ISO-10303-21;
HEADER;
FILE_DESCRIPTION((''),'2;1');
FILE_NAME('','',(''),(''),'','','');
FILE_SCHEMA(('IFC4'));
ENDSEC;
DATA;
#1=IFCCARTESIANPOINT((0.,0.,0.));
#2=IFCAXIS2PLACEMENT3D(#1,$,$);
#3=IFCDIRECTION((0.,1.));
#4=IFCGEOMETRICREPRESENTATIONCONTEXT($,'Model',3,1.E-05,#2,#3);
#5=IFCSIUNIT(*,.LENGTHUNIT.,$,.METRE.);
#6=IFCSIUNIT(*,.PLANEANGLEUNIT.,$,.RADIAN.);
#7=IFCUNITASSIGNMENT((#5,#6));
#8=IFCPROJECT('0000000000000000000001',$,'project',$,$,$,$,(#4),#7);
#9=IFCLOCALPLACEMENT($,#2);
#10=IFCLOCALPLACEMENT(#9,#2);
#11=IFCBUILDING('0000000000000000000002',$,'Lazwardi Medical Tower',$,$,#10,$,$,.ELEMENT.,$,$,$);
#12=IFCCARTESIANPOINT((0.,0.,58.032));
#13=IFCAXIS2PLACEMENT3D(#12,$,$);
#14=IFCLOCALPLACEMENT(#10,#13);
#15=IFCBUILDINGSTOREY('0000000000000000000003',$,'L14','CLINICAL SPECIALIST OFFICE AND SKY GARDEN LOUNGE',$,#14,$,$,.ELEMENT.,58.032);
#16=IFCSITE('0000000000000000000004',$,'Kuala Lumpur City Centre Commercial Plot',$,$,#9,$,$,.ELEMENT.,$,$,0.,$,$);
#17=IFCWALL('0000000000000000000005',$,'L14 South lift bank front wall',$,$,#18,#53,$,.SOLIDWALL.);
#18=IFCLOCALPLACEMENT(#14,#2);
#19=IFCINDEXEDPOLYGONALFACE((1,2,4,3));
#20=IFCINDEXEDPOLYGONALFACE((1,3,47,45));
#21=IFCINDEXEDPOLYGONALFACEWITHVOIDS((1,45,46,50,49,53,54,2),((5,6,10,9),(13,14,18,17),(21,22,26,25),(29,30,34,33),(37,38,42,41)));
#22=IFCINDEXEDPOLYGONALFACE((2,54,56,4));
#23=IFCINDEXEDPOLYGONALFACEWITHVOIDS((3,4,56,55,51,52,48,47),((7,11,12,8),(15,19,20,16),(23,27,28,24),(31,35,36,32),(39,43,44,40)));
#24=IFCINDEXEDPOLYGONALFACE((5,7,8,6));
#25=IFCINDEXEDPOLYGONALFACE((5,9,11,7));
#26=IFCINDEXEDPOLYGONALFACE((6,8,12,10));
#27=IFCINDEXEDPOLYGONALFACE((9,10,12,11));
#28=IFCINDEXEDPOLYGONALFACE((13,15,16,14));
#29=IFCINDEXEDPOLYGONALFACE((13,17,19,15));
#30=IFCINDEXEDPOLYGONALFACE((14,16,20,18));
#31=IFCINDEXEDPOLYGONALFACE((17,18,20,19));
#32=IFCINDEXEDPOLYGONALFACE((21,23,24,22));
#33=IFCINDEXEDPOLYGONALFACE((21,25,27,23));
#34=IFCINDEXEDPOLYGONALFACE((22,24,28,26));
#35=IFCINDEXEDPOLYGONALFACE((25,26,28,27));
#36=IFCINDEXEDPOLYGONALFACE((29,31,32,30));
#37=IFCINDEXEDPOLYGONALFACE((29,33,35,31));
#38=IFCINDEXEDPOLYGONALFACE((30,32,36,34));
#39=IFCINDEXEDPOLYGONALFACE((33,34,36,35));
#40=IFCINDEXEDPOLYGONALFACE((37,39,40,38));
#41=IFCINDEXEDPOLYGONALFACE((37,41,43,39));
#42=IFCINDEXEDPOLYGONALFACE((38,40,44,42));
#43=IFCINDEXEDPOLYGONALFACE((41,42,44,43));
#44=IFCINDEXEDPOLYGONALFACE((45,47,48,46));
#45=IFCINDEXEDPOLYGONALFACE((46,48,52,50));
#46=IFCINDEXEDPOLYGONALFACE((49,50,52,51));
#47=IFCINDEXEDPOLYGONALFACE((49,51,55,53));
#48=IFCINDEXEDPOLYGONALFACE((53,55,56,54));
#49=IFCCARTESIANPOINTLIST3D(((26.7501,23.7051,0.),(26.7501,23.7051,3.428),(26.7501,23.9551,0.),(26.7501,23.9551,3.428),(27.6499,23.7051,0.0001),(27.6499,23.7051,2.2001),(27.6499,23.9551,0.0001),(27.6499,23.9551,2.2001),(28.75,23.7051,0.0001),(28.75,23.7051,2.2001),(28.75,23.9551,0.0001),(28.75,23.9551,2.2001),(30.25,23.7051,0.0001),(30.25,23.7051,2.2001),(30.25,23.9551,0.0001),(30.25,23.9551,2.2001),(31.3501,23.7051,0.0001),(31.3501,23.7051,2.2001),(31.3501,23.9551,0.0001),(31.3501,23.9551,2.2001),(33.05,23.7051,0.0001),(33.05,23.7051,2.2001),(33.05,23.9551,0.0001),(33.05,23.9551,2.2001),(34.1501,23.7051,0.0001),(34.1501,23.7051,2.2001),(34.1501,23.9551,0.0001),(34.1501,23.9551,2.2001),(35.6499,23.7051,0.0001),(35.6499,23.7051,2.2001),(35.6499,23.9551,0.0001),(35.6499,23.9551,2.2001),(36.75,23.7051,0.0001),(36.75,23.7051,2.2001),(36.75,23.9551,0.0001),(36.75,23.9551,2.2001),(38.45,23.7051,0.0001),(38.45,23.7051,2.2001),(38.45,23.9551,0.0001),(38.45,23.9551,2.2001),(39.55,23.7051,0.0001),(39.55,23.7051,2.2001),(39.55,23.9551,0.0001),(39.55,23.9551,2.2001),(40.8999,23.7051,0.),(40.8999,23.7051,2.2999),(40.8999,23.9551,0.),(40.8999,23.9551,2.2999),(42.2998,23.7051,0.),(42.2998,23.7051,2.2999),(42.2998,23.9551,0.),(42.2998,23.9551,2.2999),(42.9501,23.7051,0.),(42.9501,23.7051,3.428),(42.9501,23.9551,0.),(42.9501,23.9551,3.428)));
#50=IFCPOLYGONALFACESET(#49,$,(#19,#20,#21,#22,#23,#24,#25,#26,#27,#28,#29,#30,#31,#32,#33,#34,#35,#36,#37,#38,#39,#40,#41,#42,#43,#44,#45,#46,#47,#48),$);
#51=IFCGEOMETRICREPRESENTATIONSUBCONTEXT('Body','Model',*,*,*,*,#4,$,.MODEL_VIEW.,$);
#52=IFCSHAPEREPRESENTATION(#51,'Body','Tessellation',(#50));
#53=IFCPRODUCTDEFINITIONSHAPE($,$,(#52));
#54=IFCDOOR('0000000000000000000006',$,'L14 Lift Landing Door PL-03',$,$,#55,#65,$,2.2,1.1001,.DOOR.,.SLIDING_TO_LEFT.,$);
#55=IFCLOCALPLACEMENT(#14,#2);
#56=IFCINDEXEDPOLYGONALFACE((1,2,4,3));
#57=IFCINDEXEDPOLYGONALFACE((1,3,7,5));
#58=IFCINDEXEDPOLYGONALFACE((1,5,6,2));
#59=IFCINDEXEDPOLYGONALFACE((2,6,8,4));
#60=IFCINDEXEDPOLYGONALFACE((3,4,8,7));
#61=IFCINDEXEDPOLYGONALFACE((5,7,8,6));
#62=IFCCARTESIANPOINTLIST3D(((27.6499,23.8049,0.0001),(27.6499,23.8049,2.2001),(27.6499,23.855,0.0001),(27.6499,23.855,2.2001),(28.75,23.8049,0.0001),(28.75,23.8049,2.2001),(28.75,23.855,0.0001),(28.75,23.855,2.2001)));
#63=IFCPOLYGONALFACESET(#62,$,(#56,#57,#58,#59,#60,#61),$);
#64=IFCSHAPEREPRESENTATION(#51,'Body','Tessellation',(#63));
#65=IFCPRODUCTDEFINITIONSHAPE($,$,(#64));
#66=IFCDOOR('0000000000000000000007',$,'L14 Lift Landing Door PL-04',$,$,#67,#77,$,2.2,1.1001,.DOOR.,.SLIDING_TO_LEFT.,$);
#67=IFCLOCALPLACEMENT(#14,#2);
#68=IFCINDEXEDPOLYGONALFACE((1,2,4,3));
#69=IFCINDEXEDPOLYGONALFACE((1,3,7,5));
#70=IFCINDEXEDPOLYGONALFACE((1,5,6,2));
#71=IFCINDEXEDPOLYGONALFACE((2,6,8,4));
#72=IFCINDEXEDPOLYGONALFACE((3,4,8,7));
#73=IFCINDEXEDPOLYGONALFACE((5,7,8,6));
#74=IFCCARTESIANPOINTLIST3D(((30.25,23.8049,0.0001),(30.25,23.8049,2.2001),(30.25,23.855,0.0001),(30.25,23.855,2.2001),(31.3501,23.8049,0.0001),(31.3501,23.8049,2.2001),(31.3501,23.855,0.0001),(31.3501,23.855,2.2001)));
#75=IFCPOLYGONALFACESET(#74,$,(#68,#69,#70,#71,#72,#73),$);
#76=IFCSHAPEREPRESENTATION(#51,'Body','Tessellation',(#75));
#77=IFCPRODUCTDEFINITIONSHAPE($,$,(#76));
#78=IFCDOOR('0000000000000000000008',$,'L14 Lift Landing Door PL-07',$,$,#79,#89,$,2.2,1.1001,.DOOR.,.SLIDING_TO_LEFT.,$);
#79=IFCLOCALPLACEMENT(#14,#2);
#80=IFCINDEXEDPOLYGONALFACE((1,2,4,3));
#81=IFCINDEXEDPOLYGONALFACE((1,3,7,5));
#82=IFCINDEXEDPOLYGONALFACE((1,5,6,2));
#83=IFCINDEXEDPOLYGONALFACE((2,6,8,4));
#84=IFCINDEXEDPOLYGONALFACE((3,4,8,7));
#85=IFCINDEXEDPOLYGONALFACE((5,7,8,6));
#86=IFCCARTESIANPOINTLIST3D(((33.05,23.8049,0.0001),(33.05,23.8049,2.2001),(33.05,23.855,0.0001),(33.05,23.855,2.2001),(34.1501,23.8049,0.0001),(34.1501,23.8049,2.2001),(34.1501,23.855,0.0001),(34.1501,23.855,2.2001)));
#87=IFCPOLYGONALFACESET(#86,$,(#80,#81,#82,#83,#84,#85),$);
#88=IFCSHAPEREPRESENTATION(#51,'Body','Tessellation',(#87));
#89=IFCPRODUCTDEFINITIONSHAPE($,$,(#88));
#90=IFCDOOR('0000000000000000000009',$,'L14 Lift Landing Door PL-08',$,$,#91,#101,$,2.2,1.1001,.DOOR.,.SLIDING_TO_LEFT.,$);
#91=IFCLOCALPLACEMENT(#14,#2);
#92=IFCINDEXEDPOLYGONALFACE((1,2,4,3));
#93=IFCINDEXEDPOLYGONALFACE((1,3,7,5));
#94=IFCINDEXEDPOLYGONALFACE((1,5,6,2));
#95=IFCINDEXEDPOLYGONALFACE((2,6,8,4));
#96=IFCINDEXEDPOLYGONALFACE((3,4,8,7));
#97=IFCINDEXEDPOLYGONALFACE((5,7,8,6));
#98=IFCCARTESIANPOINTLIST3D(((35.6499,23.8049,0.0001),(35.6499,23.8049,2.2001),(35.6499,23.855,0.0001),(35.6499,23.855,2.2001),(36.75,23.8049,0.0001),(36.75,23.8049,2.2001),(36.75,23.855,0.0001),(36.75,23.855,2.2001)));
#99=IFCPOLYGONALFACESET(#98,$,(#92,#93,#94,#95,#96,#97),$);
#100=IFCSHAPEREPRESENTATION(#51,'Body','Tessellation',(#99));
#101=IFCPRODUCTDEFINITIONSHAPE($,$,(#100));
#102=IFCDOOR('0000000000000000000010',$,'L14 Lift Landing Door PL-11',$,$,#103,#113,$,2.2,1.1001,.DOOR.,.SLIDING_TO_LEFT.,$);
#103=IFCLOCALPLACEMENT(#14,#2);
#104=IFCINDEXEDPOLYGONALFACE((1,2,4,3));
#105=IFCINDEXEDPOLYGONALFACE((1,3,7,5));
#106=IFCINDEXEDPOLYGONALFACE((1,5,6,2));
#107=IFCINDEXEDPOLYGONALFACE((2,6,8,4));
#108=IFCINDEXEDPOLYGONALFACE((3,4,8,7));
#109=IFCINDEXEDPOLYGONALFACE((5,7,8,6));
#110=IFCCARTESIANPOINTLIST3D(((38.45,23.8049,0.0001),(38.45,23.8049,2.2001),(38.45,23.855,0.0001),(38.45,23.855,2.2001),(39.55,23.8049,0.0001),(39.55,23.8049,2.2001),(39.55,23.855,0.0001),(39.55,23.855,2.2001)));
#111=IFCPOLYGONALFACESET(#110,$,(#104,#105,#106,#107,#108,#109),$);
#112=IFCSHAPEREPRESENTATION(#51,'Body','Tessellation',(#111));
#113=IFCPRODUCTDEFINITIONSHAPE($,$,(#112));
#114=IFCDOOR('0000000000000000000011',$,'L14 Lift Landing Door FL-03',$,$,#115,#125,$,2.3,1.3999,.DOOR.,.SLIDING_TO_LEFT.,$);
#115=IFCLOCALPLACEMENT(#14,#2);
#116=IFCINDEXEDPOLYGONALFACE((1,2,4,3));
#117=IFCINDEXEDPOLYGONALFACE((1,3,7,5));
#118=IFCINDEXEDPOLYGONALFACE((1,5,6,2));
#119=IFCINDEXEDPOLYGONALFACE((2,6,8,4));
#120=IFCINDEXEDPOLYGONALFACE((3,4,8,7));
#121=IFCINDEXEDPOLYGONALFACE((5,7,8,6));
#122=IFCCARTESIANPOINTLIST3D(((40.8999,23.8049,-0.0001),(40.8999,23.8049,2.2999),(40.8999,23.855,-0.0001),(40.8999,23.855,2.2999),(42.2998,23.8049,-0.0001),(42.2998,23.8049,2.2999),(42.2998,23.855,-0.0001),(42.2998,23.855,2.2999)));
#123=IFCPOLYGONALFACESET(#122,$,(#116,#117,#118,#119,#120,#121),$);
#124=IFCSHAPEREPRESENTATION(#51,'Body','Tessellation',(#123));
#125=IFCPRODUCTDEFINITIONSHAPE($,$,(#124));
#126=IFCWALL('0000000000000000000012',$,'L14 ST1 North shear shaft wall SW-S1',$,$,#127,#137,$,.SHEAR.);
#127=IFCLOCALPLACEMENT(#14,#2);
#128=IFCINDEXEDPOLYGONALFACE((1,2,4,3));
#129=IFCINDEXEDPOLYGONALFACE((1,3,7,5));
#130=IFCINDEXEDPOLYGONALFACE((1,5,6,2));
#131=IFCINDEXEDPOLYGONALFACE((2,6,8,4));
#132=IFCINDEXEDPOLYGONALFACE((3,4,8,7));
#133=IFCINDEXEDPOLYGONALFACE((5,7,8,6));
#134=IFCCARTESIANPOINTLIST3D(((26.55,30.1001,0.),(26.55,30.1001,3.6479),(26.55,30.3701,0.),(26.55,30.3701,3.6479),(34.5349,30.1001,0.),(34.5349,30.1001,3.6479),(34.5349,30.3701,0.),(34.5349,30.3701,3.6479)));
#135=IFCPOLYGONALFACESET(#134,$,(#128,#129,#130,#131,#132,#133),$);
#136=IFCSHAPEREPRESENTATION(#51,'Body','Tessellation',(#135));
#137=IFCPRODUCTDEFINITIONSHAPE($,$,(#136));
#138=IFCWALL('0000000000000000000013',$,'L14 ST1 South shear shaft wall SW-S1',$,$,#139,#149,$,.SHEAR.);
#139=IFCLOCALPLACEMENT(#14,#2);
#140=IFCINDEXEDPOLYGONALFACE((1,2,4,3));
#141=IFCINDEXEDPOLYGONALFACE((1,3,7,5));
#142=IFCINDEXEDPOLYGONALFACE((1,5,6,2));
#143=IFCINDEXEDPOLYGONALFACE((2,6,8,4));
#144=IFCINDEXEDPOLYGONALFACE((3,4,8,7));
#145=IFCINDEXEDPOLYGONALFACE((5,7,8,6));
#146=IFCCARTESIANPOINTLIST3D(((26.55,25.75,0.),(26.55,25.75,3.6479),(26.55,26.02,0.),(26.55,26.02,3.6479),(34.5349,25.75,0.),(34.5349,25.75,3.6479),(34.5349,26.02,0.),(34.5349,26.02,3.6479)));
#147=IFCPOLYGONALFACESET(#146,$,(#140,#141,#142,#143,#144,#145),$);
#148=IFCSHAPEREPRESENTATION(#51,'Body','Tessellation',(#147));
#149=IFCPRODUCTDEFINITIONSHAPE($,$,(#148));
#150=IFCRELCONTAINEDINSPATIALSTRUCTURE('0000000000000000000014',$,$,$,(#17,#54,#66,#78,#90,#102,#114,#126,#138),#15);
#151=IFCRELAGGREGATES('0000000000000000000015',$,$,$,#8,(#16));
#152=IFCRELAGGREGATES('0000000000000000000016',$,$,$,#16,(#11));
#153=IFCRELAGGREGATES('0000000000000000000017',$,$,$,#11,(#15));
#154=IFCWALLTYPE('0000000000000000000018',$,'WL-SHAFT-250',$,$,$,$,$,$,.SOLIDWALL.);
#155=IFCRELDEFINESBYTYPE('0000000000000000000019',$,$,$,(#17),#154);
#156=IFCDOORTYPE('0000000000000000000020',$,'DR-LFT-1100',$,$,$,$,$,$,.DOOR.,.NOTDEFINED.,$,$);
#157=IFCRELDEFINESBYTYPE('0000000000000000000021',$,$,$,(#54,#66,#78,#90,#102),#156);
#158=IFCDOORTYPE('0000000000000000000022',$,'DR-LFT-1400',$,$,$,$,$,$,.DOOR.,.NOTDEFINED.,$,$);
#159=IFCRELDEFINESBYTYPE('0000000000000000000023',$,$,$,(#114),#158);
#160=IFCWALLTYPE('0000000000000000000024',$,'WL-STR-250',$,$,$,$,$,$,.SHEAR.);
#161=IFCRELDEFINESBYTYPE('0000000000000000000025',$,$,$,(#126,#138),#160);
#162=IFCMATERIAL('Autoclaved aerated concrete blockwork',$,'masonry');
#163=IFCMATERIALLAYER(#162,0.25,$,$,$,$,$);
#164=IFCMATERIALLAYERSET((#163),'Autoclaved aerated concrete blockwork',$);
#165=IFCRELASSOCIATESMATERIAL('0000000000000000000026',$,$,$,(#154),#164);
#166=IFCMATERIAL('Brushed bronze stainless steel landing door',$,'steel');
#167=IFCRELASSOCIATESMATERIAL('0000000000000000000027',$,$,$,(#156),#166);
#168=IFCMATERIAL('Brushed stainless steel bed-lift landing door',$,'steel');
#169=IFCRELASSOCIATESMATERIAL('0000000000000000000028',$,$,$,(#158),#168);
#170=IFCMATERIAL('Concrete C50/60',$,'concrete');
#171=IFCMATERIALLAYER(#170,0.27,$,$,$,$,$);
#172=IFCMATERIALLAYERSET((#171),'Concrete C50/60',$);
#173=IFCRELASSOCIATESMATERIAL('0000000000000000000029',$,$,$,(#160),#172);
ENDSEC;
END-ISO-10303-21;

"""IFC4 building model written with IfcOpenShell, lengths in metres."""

from ifc_helpers import new_model, si_unit, direction, frame, frame_2d, origin, place, context, subcontext, project, spatial, rectangle, extrude, material, layer, layer_set, type_object, element, fill, save


model = new_model("IFC4")

# Units and contexts
model_context = context("Model", 3, precision=1e-05, world=origin(), true_north=direction((0.0, 1.0)))
body_context = subcontext(model_context, "Body", "Model", "MODEL_VIEW")
ifc_project = project(units=[si_unit("LENGTHUNIT", "METRE"), si_unit("PLANEANGLEUNIT", "RADIAN")], contexts=[model_context])

# Site, building, storey
site_placement = place(None, origin())
site = spatial("IfcSite", under=ifc_project, at=site_placement, Name="Kuala Lumpur City Centre Commercial Plot", CompositionType="ELEMENT", RefElevation=0.0)
building_placement = place(site_placement, origin())
building = spatial("IfcBuilding", under=site, at=building_placement, Name="Lazwardi Medical Tower", CompositionType="ELEMENT")
storey_placement = place(building_placement, frame((0.0, 0.0, 58.032)))
storey = spatial("IfcBuildingStorey", under=building, at=storey_placement, Name="L14", Description="CLINICAL SPECIALIST OFFICE AND SKY GARDEN LOUNGE", CompositionType="ELEMENT", Elevation=58.032)

# Wall, openings, doors
ifc_material_1 = material(Name="Autoclaved aerated concrete blockwork", Category="masonry")
ifc_layer_1 = layer(ifc_material_1, 0.25)
ifc_layer_set_1 = layer_set([ifc_layer_1], Name="Autoclaved aerated concrete blockwork")
wall_type_1 = type_object("IfcWallType", Name="WL-SHAFT-250", PredefinedType="SOLIDWALL", material=ifc_layer_set_1)
wall_1_placement = place(storey_placement, frame((26.75, 23.8301, 0.0), z_axis=(0.0, 0.0, 1.0), x_axis=(1.0, 0.0, 0.0)))
wall_1 = element("IfcWall", 1, at=wall_1_placement, inside=storey, type_object=wall_type_1, Name="L14 South lift bank front wall", PredefinedType="SOLIDWALL", context=body_context, shape_type="SweptSolid", body=[
    extrude(rectangle(XDim=16.2, YDim=0.25, at=frame_2d((8.1001, 0.0))), origin(), (0.0, 0.0, 1.0), 3.428),
])
opening_1_placement = place(wall_1_placement, frame((0.8999, 0.0, 0.0)))
opening_1 = element("IfcOpeningElement", 2, at=opening_1_placement, cuts=wall_1, PredefinedType="OPENING", context=body_context, shape_type="SweptSolid", body=[
    extrude(rectangle(XDim=1.1001, YDim=2.2, at=frame_2d((0.55, 1.1001))), frame((0.0, 0.135, 0.0), z_axis=(0.0, -1.0, 0.0), x_axis=(1.0, 0.0, 0.0)), (0.0, 0.0, 1.0), 0.27),
])
opening_2_placement = place(wall_1_placement, frame((3.5, 0.0, 0.0)))
opening_2 = element("IfcOpeningElement", 3, at=opening_2_placement, cuts=wall_1, PredefinedType="OPENING", context=body_context, shape_type="SweptSolid", body=[
    extrude(rectangle(XDim=1.1001, YDim=2.2, at=frame_2d((0.55, 1.1001))), frame((0.0, 0.135, 0.0), z_axis=(0.0, -1.0, 0.0), x_axis=(1.0, 0.0, 0.0)), (0.0, 0.0, 1.0), 0.27),
])
opening_3_placement = place(wall_1_placement, frame((6.3, 0.0, 0.0)))
opening_3 = element("IfcOpeningElement", 4, at=opening_3_placement, cuts=wall_1, PredefinedType="OPENING", context=body_context, shape_type="SweptSolid", body=[
    extrude(rectangle(XDim=1.1001, YDim=2.2, at=frame_2d((0.55, 1.1001))), frame((0.0, 0.135, 0.0), z_axis=(0.0, -1.0, 0.0), x_axis=(1.0, 0.0, 0.0)), (0.0, 0.0, 1.0), 0.27),
])
opening_4_placement = place(wall_1_placement, frame((8.8999, 0.0, 0.0)))
opening_4 = element("IfcOpeningElement", 5, at=opening_4_placement, cuts=wall_1, PredefinedType="OPENING", context=body_context, shape_type="SweptSolid", body=[
    extrude(rectangle(XDim=1.1001, YDim=2.2, at=frame_2d((0.55, 1.1001))), frame((0.0, 0.135, 0.0), z_axis=(0.0, -1.0, 0.0), x_axis=(1.0, 0.0, 0.0)), (0.0, 0.0, 1.0), 0.27),
])
opening_5_placement = place(wall_1_placement, frame((11.7, 0.0, 0.0)))
opening_5 = element("IfcOpeningElement", 6, at=opening_5_placement, cuts=wall_1, PredefinedType="OPENING", context=body_context, shape_type="SweptSolid", body=[
    extrude(rectangle(XDim=1.1001, YDim=2.2, at=frame_2d((0.55, 1.1001))), frame((0.0, 0.135, 0.0), z_axis=(0.0, -1.0, 0.0), x_axis=(1.0, 0.0, 0.0)), (0.0, 0.0, 1.0), 0.27),
])
opening_6_placement = place(wall_1_placement, frame((14.1499, 0.0, 0.0)))
opening_6 = element("IfcOpeningElement", 7, at=opening_6_placement, cuts=wall_1, PredefinedType="OPENING", context=body_context, shape_type="SweptSolid", body=[
    extrude(rectangle(XDim=1.3999, YDim=2.3, at=frame_2d((0.7, 1.1499))), frame((0.0, 0.135, 0.0), z_axis=(0.0, -1.0, 0.0), x_axis=(1.0, 0.0, 0.0)), (0.0, 0.0, 1.0), 0.27),
])
ifc_material_2 = material(Name="Brushed bronze stainless steel landing door", Category="steel")
door_type_1 = type_object("IfcDoorType", Name="DR-LFT-1100", OperationType="NOTDEFINED", PredefinedType="DOOR", material=ifc_material_2)
door_1_placement = place(opening_1_placement, origin())
door_1 = element("IfcDoor", 8, at=door_1_placement, inside=storey, type_object=door_type_1, Name="L14 Lift Landing Door PL-03", OperationType="SLIDING_TO_LEFT", OverallHeight=2.2, OverallWidth=1.1001, PredefinedType="DOOR", context=body_context, shape_type="SweptSolid", body=[
    extrude(rectangle(XDim=1.1001, YDim=2.2, at=frame_2d((0.55, 1.1001))), frame((0.0, 0.0249, 0.0), z_axis=(0.0, -1.0, 0.0), x_axis=(1.0, 0.0, 0.0)), (0.0, 0.0, 1.0), 0.05),
])
fill(opening_1, door_1)
door_2_placement = place(opening_2_placement, origin())
door_2 = element("IfcDoor", 9, at=door_2_placement, inside=storey, type_object=door_type_1, Name="L14 Lift Landing Door PL-04", OperationType="SLIDING_TO_LEFT", OverallHeight=2.2, OverallWidth=1.1001, PredefinedType="DOOR", context=body_context, shape_type="SweptSolid", body=[
    extrude(rectangle(XDim=1.1001, YDim=2.2, at=frame_2d((0.55, 1.1001))), frame((0.0, 0.0249, 0.0), z_axis=(0.0, -1.0, 0.0), x_axis=(1.0, 0.0, 0.0)), (0.0, 0.0, 1.0), 0.05),
])
fill(opening_2, door_2)
door_3_placement = place(opening_3_placement, origin())
door_3 = element("IfcDoor", 10, at=door_3_placement, inside=storey, type_object=door_type_1, Name="L14 Lift Landing Door PL-07", OperationType="SLIDING_TO_LEFT", OverallHeight=2.2, OverallWidth=1.1001, PredefinedType="DOOR", context=body_context, shape_type="SweptSolid", body=[
    extrude(rectangle(XDim=1.1001, YDim=2.2, at=frame_2d((0.55, 1.1001))), frame((0.0, 0.0249, 0.0), z_axis=(0.0, -1.0, 0.0), x_axis=(1.0, 0.0, 0.0)), (0.0, 0.0, 1.0), 0.05),
])
fill(opening_3, door_3)
door_4_placement = place(opening_4_placement, origin())
door_4 = element("IfcDoor", 11, at=door_4_placement, inside=storey, type_object=door_type_1, Name="L14 Lift Landing Door PL-08", OperationType="SLIDING_TO_LEFT", OverallHeight=2.2, OverallWidth=1.1001, PredefinedType="DOOR", context=body_context, shape_type="SweptSolid", body=[
    extrude(rectangle(XDim=1.1001, YDim=2.2, at=frame_2d((0.55, 1.1001))), frame((0.0, 0.0249, 0.0), z_axis=(0.0, -1.0, 0.0), x_axis=(1.0, 0.0, 0.0)), (0.0, 0.0, 1.0), 0.05),
])
fill(opening_4, door_4)
door_5_placement = place(opening_5_placement, origin())
door_5 = element("IfcDoor", 12, at=door_5_placement, inside=storey, type_object=door_type_1, Name="L14 Lift Landing Door PL-11", OperationType="SLIDING_TO_LEFT", OverallHeight=2.2, OverallWidth=1.1001, PredefinedType="DOOR", context=body_context, shape_type="SweptSolid", body=[
    extrude(rectangle(XDim=1.1001, YDim=2.2, at=frame_2d((0.55, 1.1001))), frame((0.0, 0.0249, 0.0), z_axis=(0.0, -1.0, 0.0), x_axis=(1.0, 0.0, 0.0)), (0.0, 0.0, 1.0), 0.05),
])
fill(opening_5, door_5)
ifc_material_3 = material(Name="Brushed stainless steel bed-lift landing door", Category="steel")
door_type_2 = type_object("IfcDoorType", Name="DR-LFT-1400", OperationType="NOTDEFINED", PredefinedType="DOOR", material=ifc_material_3)
door_6_placement = place(opening_6_placement, origin())
door_6 = element("IfcDoor", 13, at=door_6_placement, inside=storey, type_object=door_type_2, Name="L14 Lift Landing Door FL-03", OperationType="SLIDING_TO_LEFT", OverallHeight=2.3, OverallWidth=1.3999, PredefinedType="DOOR", context=body_context, shape_type="SweptSolid", body=[
    extrude(rectangle(XDim=1.3999, YDim=2.3, at=frame_2d((0.7, 1.1499))), frame((0.0, 0.0249, 0.0), z_axis=(0.0, -1.0, 0.0), x_axis=(1.0, 0.0, 0.0)), (0.0, 0.0, 1.0), 0.05),
])
fill(opening_6, door_6)

# Walls
ifc_material_4 = material(Name="Concrete C50/60", Category="concrete")
ifc_layer_2 = layer(ifc_material_4, 0.27)
ifc_layer_set_2 = layer_set([ifc_layer_2], Name="Concrete C50/60")
wall_type_2 = type_object("IfcWallType", Name="WL-STR-250", PredefinedType="SHEAR", material=ifc_layer_set_2)
for number, where, z_axis, x_axis, name in (
    (14, (26.55, 30.2351, 0.0), (0.0, 0.0, 1.0), (1.0, 0.0, 0.0), "L14 ST1 North shear shaft wall SW-S1"),
    (15, (26.55, 25.885, 0.0), (0.0, 0.0, 1.0), (1.0, 0.0, 0.0), "L14 ST1 South shear shaft wall SW-S1"),
):
    element("IfcWall", number, at=place(storey_placement, frame(where, z_axis=z_axis, x_axis=x_axis)), inside=storey, type_object=wall_type_2, Name=name, PredefinedType="SHEAR", context=body_context, shape_type="SweptSolid", body=[
        extrude(rectangle(XDim=7.9849, YDim=0.27, at=frame_2d((3.9924, 0.0))), origin(), (0.0, 0.0, 1.0), 3.6479),
    ])

save(model, "model.ifc")
